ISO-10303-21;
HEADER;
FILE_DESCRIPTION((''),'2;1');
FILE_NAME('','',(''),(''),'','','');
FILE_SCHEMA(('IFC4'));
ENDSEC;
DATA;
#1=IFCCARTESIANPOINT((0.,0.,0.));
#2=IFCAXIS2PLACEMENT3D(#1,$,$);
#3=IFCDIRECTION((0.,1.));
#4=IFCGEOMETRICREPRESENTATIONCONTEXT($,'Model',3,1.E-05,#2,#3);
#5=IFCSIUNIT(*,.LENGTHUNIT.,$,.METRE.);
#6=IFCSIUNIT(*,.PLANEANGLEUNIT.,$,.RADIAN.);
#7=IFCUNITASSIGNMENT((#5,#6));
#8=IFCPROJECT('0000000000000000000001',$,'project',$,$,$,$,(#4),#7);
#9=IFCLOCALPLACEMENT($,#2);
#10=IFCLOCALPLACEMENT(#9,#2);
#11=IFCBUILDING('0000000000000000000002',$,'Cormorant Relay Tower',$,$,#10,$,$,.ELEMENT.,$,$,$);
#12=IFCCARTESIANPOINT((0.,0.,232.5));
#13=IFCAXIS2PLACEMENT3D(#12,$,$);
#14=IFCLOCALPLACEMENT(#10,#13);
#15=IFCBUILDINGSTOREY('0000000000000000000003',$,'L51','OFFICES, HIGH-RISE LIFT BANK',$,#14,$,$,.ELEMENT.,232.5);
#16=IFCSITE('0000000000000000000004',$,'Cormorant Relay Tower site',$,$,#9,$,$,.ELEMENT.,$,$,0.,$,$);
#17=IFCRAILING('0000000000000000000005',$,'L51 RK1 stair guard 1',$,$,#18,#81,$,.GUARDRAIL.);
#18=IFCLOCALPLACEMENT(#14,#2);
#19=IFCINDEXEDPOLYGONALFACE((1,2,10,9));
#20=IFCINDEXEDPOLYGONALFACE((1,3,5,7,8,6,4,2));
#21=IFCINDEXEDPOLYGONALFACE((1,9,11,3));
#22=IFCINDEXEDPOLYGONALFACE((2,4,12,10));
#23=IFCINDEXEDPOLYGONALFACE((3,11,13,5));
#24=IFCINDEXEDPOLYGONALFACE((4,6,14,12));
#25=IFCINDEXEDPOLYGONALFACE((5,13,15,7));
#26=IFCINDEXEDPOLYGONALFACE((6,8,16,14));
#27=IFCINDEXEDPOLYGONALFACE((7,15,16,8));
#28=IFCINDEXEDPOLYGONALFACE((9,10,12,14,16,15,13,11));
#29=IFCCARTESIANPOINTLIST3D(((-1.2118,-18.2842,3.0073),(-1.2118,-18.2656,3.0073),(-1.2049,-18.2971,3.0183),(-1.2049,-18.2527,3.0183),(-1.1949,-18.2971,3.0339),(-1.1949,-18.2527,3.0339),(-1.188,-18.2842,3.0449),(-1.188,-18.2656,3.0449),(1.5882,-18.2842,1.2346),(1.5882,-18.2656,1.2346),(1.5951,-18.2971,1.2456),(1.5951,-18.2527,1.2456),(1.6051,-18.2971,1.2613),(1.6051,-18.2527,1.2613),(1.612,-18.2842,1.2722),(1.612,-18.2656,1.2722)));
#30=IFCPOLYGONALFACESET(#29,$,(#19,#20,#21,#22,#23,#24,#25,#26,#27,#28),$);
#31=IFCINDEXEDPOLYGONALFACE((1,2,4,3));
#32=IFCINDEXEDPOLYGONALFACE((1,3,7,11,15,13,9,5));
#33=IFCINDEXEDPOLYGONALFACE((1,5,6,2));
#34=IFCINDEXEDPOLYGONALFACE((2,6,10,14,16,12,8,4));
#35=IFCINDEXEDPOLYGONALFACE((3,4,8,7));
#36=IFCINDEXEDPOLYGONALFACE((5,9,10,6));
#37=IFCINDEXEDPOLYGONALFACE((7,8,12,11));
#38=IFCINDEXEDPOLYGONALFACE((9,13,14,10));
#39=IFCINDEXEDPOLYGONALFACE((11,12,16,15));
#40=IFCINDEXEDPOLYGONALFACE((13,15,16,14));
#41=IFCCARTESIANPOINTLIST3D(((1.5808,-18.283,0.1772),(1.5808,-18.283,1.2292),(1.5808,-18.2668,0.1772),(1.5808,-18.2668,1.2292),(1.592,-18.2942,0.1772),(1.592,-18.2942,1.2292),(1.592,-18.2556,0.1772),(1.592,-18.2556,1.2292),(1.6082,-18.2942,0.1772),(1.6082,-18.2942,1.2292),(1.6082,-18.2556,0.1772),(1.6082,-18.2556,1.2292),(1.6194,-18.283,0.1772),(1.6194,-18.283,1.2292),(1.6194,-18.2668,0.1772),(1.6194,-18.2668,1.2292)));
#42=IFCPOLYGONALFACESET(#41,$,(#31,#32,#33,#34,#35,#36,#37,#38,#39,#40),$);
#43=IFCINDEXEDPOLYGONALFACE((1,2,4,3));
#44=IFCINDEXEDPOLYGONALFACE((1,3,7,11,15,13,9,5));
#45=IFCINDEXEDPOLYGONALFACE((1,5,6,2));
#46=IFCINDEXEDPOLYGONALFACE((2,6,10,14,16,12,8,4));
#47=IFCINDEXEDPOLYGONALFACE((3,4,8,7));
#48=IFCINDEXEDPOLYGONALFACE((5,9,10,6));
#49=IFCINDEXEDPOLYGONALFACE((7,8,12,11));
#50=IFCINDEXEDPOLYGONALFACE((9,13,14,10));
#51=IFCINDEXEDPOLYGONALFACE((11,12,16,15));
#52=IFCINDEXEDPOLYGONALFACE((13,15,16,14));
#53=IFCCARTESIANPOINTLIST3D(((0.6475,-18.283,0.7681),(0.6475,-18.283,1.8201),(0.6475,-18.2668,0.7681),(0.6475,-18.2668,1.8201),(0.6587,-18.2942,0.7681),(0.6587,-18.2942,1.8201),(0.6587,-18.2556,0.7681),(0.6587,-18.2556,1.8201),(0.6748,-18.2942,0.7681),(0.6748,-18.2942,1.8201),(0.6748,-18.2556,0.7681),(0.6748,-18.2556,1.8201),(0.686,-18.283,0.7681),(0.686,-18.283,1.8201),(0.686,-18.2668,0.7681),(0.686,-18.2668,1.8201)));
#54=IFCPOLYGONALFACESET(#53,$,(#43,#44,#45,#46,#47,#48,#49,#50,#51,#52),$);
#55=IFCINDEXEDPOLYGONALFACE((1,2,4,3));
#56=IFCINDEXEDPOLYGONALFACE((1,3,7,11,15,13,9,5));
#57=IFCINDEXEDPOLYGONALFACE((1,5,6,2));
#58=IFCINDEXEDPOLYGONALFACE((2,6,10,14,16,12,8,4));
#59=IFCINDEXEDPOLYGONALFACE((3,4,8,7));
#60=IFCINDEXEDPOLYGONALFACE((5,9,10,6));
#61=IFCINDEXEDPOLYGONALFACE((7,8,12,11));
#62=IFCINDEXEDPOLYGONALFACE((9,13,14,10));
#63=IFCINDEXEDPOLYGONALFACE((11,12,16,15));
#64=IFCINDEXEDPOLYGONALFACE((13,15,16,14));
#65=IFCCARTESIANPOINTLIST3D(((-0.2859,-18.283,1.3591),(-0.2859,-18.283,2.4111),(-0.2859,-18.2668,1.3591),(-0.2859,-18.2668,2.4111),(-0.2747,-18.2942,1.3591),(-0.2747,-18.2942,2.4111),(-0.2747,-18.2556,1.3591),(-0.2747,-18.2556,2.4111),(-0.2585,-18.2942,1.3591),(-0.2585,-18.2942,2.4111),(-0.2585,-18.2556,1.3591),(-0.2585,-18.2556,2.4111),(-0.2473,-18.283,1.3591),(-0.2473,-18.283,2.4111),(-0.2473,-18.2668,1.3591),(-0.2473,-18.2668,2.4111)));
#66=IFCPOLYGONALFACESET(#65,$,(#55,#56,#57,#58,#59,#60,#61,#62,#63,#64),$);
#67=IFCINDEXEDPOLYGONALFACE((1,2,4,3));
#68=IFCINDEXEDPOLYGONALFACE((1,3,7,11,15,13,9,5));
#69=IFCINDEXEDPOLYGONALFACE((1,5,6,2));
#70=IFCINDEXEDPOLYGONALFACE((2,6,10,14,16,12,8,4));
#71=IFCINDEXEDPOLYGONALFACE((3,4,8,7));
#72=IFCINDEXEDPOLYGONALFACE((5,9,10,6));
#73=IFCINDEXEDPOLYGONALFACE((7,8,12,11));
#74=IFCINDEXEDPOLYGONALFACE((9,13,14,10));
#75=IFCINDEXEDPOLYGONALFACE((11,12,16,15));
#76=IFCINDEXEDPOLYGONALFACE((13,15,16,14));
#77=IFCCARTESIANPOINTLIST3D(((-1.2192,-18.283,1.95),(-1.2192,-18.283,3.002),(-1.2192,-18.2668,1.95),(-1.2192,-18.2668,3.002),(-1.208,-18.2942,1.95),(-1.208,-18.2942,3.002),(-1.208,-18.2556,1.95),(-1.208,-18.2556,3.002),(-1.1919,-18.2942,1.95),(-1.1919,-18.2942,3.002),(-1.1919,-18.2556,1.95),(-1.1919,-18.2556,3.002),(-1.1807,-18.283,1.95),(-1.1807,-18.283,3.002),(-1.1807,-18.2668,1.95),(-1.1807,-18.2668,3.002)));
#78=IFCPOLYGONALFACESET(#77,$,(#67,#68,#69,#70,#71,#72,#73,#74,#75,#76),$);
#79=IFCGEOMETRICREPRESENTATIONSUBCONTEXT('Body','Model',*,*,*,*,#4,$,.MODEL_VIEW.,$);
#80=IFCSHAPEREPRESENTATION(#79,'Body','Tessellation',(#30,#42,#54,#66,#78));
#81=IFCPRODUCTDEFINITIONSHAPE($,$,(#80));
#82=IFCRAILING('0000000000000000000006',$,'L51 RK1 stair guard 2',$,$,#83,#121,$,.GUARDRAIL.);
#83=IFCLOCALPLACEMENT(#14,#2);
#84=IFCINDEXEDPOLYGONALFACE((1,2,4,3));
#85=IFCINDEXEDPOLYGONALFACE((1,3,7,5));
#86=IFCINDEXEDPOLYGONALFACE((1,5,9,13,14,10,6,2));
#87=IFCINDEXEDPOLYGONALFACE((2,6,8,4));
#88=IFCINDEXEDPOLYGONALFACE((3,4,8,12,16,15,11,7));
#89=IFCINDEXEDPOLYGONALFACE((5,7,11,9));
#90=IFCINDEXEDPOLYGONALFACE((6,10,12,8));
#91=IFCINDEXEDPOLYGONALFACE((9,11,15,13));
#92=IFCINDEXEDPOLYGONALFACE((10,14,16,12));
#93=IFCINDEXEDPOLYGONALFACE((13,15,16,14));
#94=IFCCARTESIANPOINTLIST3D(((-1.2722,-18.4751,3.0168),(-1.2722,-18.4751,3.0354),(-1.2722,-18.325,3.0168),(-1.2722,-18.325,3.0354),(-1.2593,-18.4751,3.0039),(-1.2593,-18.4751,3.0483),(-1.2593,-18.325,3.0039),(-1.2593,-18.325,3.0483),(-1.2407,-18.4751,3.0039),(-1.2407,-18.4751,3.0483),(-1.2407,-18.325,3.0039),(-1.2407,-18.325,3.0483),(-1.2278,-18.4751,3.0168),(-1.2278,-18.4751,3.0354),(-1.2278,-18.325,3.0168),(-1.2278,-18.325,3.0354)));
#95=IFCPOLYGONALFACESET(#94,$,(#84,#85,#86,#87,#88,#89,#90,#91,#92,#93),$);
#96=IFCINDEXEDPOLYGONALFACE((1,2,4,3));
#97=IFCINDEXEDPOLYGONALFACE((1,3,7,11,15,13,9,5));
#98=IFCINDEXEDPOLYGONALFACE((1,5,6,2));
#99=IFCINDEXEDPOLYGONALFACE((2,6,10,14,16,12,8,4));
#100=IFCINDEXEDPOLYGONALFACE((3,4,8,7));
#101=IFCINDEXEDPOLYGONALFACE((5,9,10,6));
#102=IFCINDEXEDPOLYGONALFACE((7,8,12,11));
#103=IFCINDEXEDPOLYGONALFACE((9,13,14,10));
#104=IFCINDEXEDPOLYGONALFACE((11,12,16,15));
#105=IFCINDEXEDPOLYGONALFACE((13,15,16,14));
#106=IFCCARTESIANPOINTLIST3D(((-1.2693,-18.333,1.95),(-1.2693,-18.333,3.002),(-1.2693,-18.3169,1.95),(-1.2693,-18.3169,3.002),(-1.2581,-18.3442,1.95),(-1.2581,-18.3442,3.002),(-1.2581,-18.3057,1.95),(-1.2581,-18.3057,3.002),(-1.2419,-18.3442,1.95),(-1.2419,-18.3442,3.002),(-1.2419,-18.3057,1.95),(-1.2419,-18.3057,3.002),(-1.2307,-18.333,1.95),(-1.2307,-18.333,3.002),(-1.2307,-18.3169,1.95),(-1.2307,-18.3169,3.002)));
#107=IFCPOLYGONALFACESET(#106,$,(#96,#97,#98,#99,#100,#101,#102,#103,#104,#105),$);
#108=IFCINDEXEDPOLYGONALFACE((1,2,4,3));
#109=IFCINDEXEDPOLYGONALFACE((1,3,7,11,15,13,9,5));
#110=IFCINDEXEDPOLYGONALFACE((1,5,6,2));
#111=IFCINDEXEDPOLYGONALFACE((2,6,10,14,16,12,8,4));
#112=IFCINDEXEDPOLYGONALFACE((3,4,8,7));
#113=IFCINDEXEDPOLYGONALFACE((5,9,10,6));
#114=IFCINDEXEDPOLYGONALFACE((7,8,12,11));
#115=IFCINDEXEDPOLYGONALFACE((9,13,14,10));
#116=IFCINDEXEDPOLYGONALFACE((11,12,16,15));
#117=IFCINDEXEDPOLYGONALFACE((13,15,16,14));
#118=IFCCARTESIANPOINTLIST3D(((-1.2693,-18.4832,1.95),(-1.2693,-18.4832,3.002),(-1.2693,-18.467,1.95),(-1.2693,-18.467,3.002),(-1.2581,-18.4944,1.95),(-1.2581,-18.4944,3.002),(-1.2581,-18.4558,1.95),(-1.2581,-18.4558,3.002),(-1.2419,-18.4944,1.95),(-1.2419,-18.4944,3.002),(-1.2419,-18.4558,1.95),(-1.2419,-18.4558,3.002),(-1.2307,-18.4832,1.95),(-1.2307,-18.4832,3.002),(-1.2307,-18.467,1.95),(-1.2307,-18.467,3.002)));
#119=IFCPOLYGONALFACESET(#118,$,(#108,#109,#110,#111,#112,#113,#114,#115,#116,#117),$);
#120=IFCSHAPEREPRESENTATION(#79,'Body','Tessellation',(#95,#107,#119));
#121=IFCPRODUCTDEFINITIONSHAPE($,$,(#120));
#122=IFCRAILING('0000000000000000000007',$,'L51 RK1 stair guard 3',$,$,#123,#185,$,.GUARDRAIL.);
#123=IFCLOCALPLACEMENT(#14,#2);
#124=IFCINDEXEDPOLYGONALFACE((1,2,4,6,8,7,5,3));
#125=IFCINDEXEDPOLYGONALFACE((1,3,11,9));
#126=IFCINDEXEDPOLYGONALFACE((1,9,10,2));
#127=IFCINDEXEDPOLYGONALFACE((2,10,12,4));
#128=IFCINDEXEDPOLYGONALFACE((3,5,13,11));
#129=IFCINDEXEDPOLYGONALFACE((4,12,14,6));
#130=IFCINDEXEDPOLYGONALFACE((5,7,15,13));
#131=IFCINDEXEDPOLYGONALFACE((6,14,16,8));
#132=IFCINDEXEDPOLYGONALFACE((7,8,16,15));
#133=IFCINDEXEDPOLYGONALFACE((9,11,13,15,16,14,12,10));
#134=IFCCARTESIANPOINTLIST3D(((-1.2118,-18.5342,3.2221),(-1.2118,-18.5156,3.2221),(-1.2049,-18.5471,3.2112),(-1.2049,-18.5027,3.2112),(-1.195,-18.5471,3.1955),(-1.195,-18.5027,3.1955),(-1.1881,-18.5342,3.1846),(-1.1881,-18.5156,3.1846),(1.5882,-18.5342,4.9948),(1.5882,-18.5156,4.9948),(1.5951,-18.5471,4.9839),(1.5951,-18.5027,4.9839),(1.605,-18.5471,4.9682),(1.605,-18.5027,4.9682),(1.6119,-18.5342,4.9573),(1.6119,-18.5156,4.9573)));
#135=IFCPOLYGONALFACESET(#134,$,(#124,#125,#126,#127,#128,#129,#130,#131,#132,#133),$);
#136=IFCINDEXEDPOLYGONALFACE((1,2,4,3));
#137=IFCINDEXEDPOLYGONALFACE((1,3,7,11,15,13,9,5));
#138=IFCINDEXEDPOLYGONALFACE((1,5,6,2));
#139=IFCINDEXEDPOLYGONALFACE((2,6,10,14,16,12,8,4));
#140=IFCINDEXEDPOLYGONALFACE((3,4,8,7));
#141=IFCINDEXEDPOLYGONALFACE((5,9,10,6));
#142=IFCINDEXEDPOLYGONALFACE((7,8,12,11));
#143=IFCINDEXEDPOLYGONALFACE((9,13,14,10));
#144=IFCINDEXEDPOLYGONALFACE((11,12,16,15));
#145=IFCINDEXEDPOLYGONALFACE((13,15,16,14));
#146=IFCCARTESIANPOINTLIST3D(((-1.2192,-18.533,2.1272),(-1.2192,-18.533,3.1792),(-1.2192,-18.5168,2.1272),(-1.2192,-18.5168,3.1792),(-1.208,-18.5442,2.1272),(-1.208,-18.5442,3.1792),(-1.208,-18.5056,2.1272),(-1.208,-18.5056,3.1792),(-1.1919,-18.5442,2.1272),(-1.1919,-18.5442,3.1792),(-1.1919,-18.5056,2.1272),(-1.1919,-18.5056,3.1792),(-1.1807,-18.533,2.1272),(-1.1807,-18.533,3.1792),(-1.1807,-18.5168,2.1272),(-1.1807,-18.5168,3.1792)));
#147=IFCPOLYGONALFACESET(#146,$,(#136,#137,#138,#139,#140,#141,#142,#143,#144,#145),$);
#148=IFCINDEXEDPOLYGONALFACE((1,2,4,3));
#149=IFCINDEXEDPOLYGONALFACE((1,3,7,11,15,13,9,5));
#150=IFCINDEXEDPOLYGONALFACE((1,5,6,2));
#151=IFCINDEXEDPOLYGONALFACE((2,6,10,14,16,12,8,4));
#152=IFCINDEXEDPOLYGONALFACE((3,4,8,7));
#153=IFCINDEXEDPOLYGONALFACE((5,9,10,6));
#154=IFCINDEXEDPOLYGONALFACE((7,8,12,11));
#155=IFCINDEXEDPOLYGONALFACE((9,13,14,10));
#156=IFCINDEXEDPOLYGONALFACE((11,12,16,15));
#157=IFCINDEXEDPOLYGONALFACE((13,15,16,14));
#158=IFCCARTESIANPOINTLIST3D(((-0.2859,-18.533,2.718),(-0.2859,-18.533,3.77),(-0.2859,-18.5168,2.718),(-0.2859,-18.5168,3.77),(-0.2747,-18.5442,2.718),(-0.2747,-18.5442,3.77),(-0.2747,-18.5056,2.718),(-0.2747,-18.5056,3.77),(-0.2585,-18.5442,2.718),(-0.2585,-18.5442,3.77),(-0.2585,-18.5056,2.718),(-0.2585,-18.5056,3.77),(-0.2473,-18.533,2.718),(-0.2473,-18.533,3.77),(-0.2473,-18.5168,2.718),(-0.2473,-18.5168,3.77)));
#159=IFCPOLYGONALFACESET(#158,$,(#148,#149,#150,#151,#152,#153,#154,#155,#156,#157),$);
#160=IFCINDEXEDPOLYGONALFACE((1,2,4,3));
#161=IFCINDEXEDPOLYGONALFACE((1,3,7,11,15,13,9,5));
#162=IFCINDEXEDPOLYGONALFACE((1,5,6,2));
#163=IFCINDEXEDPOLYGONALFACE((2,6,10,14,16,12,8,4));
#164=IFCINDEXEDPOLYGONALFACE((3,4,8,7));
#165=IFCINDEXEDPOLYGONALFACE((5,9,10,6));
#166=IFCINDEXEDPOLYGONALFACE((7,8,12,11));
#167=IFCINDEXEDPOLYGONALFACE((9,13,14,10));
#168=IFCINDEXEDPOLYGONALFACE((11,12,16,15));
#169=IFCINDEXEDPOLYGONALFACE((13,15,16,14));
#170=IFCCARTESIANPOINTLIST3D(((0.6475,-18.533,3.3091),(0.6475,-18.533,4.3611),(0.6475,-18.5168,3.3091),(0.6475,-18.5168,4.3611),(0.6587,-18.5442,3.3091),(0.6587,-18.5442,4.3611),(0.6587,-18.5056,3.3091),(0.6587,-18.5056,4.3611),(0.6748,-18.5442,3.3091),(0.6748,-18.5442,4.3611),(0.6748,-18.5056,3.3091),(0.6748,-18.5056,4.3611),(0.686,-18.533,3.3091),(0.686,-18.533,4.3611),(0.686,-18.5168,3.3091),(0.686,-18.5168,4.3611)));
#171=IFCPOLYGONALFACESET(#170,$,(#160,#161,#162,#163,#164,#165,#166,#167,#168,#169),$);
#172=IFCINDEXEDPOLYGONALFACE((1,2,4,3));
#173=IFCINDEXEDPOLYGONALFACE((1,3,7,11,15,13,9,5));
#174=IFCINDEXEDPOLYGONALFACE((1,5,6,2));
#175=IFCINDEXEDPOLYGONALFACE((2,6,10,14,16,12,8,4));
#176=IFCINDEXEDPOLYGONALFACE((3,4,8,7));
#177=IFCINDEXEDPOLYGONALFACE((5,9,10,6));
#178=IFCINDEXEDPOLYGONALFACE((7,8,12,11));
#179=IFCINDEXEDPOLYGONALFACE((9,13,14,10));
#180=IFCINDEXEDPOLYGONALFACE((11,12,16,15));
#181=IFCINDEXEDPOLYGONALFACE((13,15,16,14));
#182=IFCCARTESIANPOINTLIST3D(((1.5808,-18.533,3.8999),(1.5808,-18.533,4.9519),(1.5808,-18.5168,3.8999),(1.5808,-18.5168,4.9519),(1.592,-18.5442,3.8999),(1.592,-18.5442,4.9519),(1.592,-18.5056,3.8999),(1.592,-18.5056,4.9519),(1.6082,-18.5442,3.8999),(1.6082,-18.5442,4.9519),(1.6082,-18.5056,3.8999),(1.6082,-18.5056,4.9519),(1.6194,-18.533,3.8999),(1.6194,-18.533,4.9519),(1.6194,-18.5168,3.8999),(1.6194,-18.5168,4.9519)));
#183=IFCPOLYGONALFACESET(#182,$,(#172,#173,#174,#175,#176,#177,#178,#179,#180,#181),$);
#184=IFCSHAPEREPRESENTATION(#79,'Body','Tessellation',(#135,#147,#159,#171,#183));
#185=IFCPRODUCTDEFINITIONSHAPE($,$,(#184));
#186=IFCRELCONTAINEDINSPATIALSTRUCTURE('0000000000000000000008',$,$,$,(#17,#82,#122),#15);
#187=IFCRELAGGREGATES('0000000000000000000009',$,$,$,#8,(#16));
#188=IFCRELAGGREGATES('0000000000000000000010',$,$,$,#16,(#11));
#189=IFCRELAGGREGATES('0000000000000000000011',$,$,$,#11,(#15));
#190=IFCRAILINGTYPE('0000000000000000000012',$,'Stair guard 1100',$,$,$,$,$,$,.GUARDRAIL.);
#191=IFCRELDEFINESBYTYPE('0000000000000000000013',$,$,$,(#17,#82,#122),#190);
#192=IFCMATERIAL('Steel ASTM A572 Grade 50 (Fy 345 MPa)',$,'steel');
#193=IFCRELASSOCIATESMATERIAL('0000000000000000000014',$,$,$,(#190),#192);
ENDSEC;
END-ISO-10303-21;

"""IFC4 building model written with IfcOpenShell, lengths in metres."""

from ifc_helpers import new_model, si_unit, direction, frame, origin, place, context, subcontext, project, spatial, polyline, outline, extrude, material, type_object, element, save


model = new_model("IFC4")

# Units and contexts
model_context = context("Model", 3, precision=1e-05, world=origin(), true_north=direction((0.0, 1.0)))
body_context = subcontext(model_context, "Body", "Model", "MODEL_VIEW")
ifc_project = project(units=[si_unit("LENGTHUNIT", "METRE"), si_unit("PLANEANGLEUNIT", "RADIAN")], contexts=[model_context])

# Site, building, storey
site_placement = place(None, origin())
site = spatial("IfcSite", under=ifc_project, at=site_placement, Name="Cormorant Relay Tower site", CompositionType="ELEMENT", RefElevation=0.0)
building_placement = place(site_placement, origin())
building = spatial("IfcBuilding", under=site, at=building_placement, Name="Cormorant Relay Tower", CompositionType="ELEMENT")
storey_placement = place(building_placement, frame((0.0, 0.0, 232.5)))
storey = spatial("IfcBuildingStorey", under=building, at=storey_placement, Name="L51", Description="OFFICES, HIGH-RISE LIFT BANK", CompositionType="ELEMENT", Elevation=232.5)

# Railings
ifc_material_1 = material(Name="Steel ASTM A572 Grade 50 (Fy 345 MPa)", Category="steel")
railing_type_1 = type_object("IfcRailingType", Name="Stair guard 1100", PredefinedType="GUARDRAIL", material=ifc_material_1)
railing_1_placement = place(storey_placement, frame((1.6001, -18.2749, 0.1772)))
element("IfcRailing", 1, at=railing_1_placement, inside=storey, type_object=railing_type_1, Name="L51 RK1 stair guard 1", PredefinedType="GUARDRAIL", context=body_context, shape_type="SweptSolid", body=[
    extrude(outline(polyline([(0.0222, 0.0093), (0.0093, 0.0222), (-0.0093, 0.0222), (-0.0222, 0.0093), (-0.0222, -0.0093), (-0.0093, -0.0222), (0.0093, -0.0222), (0.0222, -0.0093), (0.0222, 0.0093)])), frame((0.0, 0.0, 1.0762), z_axis=(-0.844909, 0.0, 0.53491), x_axis=(0.0, -1.0, 0.0)), (0.0, 0.0, 1.0), 3.314),
    extrude(outline(polyline([(0.0193, 0.0081), (0.0081, 0.0193), (-0.0081, 0.0193), (-0.0193, 0.0081), (-0.0193, -0.0081), (-0.0081, -0.0193), (0.0081, -0.0193), (0.0193, -0.0081), (0.0193, 0.0081)])), origin(), (0.0, 0.0, 1.0), 1.052),
    extrude(outline(polyline([(0.0193, 0.0081), (0.0081, 0.0193), (-0.0081, 0.0193), (-0.0193, 0.0081), (-0.0193, -0.0081), (-0.0081, -0.0193), (0.0081, -0.0193), (0.0193, -0.0081), (0.0193, 0.0081)])), frame((-0.9333, 0.0, 0.5908)), (0.0, 0.0, 1.0), 1.052),
    extrude(outline(polyline([(0.0193, 0.0081), (0.0081, 0.0193), (-0.0081, 0.0193), (-0.0193, 0.0081), (-0.0193, -0.0081), (-0.0081, -0.0193), (0.0081, -0.0193), (0.0193, -0.0081), (0.0193, 0.0081)])), frame((-1.8667, 0.0, 1.1819)), (0.0, 0.0, 1.0), 1.052),
    extrude(outline(polyline([(0.0193, 0.0081), (0.0081, 0.0193), (-0.0081, 0.0193), (-0.0193, 0.0081), (-0.0193, -0.0081), (-0.0081, -0.0193), (0.0081, -0.0193), (0.0193, -0.0081), (0.0193, 0.0081)])), frame((-2.8, 0.0, 1.7727)), (0.0, 0.0, 1.0), 1.052),
])
railing_2_placement = place(storey_placement, frame((-1.25, -18.325, 1.95)))
element("IfcRailing", 2, at=railing_2_placement, inside=storey, type_object=railing_type_1, Name="L51 RK1 stair guard 2", PredefinedType="GUARDRAIL", context=body_context, shape_type="SweptSolid", body=[
    extrude(outline(polyline([(0.0222, 0.0093), (0.0093, 0.0222), (-0.0093, 0.0222), (-0.0222, 0.0093), (-0.0222, -0.0093), (-0.0093, -0.0222), (0.0093, -0.0222), (0.0222, -0.0093), (0.0222, 0.0093)])), frame((0.0, 0.0, 1.0762), z_axis=(0.0, -1.0, 0.0), x_axis=(1.0, 0.0, 0.0)), (0.0, 0.0, 1.0), 0.1501),
    extrude(outline(polyline([(0.0193, 0.0081), (0.0081, 0.0193), (-0.0081, 0.0193), (-0.0193, 0.0081), (-0.0193, -0.0081), (-0.0081, -0.0193), (0.0081, -0.0193), (0.0193, -0.0081), (0.0193, 0.0081)])), origin(), (0.0, 0.0, 1.0), 1.052),
    extrude(outline(polyline([(0.0193, 0.0081), (0.0081, 0.0193), (-0.0081, 0.0193), (-0.0193, 0.0081), (-0.0193, -0.0081), (-0.0081, -0.0193), (0.0081, -0.0193), (0.0193, -0.0081), (0.0193, 0.0081)])), frame((0.0, -0.1501, 0.0)), (0.0, 0.0, 1.0), 1.052),
])
railing_3_placement = place(storey_placement, frame((-1.2, -18.5249, 2.1272)))
element("IfcRailing", 3, at=railing_3_placement, inside=storey, type_object=railing_type_1, Name="L51 RK1 stair guard 3", PredefinedType="GUARDRAIL", context=body_context, shape_type="SweptSolid", body=[
    extrude(outline(polyline([(0.0222, 0.0093), (0.0093, 0.0222), (-0.0093, 0.0222), (-0.0222, 0.0093), (-0.0222, -0.0093), (-0.0093, -0.0222), (0.0093, -0.0222), (0.0222, -0.0093), (0.0222, 0.0093)])), frame((0.0, 0.0, 1.0762), z_axis=(0.844909, 0.0, 0.53491), x_axis=(0.0, 1.0, 0.0)), (0.0, 0.0, 1.0), 3.314),
    extrude(outline(polyline([(0.0193, 0.0081), (0.0081, 0.0193), (-0.0081, 0.0193), (-0.0193, 0.0081), (-0.0193, -0.0081), (-0.0081, -0.0193), (0.0081, -0.0193), (0.0193, -0.0081), (0.0193, 0.0081)])), origin(), (0.0, 0.0, 1.0), 1.052),
    extrude(outline(polyline([(0.0193, 0.0081), (0.0081, 0.0193), (-0.0081, 0.0193), (-0.0193, 0.0081), (-0.0193, -0.0081), (-0.0081, -0.0193), (0.0081, -0.0193), (0.0193, -0.0081), (0.0193, 0.0081)])), frame((0.9333, 0.0, 0.5908)), (0.0, 0.0, 1.0), 1.052),
    extrude(outline(polyline([(0.0193, 0.0081), (0.0081, 0.0193), (-0.0081, 0.0193), (-0.0193, 0.0081), (-0.0193, -0.0081), (-0.0081, -0.0193), (0.0081, -0.0193), (0.0193, -0.0081), (0.0193, 0.0081)])), frame((1.8667, 0.0, 1.1819)), (0.0, 0.0, 1.0), 1.052),
    extrude(outline(polyline([(0.0193, 0.0081), (0.0081, 0.0193), (-0.0081, 0.0193), (-0.0193, 0.0081), (-0.0193, -0.0081), (-0.0081, -0.0193), (0.0081, -0.0193), (0.0193, -0.0081), (0.0193, 0.0081)])), frame((2.8, 0.0, 1.7727)), (0.0, 0.0, 1.0), 1.052),
])

save(model, "model.ifc")
